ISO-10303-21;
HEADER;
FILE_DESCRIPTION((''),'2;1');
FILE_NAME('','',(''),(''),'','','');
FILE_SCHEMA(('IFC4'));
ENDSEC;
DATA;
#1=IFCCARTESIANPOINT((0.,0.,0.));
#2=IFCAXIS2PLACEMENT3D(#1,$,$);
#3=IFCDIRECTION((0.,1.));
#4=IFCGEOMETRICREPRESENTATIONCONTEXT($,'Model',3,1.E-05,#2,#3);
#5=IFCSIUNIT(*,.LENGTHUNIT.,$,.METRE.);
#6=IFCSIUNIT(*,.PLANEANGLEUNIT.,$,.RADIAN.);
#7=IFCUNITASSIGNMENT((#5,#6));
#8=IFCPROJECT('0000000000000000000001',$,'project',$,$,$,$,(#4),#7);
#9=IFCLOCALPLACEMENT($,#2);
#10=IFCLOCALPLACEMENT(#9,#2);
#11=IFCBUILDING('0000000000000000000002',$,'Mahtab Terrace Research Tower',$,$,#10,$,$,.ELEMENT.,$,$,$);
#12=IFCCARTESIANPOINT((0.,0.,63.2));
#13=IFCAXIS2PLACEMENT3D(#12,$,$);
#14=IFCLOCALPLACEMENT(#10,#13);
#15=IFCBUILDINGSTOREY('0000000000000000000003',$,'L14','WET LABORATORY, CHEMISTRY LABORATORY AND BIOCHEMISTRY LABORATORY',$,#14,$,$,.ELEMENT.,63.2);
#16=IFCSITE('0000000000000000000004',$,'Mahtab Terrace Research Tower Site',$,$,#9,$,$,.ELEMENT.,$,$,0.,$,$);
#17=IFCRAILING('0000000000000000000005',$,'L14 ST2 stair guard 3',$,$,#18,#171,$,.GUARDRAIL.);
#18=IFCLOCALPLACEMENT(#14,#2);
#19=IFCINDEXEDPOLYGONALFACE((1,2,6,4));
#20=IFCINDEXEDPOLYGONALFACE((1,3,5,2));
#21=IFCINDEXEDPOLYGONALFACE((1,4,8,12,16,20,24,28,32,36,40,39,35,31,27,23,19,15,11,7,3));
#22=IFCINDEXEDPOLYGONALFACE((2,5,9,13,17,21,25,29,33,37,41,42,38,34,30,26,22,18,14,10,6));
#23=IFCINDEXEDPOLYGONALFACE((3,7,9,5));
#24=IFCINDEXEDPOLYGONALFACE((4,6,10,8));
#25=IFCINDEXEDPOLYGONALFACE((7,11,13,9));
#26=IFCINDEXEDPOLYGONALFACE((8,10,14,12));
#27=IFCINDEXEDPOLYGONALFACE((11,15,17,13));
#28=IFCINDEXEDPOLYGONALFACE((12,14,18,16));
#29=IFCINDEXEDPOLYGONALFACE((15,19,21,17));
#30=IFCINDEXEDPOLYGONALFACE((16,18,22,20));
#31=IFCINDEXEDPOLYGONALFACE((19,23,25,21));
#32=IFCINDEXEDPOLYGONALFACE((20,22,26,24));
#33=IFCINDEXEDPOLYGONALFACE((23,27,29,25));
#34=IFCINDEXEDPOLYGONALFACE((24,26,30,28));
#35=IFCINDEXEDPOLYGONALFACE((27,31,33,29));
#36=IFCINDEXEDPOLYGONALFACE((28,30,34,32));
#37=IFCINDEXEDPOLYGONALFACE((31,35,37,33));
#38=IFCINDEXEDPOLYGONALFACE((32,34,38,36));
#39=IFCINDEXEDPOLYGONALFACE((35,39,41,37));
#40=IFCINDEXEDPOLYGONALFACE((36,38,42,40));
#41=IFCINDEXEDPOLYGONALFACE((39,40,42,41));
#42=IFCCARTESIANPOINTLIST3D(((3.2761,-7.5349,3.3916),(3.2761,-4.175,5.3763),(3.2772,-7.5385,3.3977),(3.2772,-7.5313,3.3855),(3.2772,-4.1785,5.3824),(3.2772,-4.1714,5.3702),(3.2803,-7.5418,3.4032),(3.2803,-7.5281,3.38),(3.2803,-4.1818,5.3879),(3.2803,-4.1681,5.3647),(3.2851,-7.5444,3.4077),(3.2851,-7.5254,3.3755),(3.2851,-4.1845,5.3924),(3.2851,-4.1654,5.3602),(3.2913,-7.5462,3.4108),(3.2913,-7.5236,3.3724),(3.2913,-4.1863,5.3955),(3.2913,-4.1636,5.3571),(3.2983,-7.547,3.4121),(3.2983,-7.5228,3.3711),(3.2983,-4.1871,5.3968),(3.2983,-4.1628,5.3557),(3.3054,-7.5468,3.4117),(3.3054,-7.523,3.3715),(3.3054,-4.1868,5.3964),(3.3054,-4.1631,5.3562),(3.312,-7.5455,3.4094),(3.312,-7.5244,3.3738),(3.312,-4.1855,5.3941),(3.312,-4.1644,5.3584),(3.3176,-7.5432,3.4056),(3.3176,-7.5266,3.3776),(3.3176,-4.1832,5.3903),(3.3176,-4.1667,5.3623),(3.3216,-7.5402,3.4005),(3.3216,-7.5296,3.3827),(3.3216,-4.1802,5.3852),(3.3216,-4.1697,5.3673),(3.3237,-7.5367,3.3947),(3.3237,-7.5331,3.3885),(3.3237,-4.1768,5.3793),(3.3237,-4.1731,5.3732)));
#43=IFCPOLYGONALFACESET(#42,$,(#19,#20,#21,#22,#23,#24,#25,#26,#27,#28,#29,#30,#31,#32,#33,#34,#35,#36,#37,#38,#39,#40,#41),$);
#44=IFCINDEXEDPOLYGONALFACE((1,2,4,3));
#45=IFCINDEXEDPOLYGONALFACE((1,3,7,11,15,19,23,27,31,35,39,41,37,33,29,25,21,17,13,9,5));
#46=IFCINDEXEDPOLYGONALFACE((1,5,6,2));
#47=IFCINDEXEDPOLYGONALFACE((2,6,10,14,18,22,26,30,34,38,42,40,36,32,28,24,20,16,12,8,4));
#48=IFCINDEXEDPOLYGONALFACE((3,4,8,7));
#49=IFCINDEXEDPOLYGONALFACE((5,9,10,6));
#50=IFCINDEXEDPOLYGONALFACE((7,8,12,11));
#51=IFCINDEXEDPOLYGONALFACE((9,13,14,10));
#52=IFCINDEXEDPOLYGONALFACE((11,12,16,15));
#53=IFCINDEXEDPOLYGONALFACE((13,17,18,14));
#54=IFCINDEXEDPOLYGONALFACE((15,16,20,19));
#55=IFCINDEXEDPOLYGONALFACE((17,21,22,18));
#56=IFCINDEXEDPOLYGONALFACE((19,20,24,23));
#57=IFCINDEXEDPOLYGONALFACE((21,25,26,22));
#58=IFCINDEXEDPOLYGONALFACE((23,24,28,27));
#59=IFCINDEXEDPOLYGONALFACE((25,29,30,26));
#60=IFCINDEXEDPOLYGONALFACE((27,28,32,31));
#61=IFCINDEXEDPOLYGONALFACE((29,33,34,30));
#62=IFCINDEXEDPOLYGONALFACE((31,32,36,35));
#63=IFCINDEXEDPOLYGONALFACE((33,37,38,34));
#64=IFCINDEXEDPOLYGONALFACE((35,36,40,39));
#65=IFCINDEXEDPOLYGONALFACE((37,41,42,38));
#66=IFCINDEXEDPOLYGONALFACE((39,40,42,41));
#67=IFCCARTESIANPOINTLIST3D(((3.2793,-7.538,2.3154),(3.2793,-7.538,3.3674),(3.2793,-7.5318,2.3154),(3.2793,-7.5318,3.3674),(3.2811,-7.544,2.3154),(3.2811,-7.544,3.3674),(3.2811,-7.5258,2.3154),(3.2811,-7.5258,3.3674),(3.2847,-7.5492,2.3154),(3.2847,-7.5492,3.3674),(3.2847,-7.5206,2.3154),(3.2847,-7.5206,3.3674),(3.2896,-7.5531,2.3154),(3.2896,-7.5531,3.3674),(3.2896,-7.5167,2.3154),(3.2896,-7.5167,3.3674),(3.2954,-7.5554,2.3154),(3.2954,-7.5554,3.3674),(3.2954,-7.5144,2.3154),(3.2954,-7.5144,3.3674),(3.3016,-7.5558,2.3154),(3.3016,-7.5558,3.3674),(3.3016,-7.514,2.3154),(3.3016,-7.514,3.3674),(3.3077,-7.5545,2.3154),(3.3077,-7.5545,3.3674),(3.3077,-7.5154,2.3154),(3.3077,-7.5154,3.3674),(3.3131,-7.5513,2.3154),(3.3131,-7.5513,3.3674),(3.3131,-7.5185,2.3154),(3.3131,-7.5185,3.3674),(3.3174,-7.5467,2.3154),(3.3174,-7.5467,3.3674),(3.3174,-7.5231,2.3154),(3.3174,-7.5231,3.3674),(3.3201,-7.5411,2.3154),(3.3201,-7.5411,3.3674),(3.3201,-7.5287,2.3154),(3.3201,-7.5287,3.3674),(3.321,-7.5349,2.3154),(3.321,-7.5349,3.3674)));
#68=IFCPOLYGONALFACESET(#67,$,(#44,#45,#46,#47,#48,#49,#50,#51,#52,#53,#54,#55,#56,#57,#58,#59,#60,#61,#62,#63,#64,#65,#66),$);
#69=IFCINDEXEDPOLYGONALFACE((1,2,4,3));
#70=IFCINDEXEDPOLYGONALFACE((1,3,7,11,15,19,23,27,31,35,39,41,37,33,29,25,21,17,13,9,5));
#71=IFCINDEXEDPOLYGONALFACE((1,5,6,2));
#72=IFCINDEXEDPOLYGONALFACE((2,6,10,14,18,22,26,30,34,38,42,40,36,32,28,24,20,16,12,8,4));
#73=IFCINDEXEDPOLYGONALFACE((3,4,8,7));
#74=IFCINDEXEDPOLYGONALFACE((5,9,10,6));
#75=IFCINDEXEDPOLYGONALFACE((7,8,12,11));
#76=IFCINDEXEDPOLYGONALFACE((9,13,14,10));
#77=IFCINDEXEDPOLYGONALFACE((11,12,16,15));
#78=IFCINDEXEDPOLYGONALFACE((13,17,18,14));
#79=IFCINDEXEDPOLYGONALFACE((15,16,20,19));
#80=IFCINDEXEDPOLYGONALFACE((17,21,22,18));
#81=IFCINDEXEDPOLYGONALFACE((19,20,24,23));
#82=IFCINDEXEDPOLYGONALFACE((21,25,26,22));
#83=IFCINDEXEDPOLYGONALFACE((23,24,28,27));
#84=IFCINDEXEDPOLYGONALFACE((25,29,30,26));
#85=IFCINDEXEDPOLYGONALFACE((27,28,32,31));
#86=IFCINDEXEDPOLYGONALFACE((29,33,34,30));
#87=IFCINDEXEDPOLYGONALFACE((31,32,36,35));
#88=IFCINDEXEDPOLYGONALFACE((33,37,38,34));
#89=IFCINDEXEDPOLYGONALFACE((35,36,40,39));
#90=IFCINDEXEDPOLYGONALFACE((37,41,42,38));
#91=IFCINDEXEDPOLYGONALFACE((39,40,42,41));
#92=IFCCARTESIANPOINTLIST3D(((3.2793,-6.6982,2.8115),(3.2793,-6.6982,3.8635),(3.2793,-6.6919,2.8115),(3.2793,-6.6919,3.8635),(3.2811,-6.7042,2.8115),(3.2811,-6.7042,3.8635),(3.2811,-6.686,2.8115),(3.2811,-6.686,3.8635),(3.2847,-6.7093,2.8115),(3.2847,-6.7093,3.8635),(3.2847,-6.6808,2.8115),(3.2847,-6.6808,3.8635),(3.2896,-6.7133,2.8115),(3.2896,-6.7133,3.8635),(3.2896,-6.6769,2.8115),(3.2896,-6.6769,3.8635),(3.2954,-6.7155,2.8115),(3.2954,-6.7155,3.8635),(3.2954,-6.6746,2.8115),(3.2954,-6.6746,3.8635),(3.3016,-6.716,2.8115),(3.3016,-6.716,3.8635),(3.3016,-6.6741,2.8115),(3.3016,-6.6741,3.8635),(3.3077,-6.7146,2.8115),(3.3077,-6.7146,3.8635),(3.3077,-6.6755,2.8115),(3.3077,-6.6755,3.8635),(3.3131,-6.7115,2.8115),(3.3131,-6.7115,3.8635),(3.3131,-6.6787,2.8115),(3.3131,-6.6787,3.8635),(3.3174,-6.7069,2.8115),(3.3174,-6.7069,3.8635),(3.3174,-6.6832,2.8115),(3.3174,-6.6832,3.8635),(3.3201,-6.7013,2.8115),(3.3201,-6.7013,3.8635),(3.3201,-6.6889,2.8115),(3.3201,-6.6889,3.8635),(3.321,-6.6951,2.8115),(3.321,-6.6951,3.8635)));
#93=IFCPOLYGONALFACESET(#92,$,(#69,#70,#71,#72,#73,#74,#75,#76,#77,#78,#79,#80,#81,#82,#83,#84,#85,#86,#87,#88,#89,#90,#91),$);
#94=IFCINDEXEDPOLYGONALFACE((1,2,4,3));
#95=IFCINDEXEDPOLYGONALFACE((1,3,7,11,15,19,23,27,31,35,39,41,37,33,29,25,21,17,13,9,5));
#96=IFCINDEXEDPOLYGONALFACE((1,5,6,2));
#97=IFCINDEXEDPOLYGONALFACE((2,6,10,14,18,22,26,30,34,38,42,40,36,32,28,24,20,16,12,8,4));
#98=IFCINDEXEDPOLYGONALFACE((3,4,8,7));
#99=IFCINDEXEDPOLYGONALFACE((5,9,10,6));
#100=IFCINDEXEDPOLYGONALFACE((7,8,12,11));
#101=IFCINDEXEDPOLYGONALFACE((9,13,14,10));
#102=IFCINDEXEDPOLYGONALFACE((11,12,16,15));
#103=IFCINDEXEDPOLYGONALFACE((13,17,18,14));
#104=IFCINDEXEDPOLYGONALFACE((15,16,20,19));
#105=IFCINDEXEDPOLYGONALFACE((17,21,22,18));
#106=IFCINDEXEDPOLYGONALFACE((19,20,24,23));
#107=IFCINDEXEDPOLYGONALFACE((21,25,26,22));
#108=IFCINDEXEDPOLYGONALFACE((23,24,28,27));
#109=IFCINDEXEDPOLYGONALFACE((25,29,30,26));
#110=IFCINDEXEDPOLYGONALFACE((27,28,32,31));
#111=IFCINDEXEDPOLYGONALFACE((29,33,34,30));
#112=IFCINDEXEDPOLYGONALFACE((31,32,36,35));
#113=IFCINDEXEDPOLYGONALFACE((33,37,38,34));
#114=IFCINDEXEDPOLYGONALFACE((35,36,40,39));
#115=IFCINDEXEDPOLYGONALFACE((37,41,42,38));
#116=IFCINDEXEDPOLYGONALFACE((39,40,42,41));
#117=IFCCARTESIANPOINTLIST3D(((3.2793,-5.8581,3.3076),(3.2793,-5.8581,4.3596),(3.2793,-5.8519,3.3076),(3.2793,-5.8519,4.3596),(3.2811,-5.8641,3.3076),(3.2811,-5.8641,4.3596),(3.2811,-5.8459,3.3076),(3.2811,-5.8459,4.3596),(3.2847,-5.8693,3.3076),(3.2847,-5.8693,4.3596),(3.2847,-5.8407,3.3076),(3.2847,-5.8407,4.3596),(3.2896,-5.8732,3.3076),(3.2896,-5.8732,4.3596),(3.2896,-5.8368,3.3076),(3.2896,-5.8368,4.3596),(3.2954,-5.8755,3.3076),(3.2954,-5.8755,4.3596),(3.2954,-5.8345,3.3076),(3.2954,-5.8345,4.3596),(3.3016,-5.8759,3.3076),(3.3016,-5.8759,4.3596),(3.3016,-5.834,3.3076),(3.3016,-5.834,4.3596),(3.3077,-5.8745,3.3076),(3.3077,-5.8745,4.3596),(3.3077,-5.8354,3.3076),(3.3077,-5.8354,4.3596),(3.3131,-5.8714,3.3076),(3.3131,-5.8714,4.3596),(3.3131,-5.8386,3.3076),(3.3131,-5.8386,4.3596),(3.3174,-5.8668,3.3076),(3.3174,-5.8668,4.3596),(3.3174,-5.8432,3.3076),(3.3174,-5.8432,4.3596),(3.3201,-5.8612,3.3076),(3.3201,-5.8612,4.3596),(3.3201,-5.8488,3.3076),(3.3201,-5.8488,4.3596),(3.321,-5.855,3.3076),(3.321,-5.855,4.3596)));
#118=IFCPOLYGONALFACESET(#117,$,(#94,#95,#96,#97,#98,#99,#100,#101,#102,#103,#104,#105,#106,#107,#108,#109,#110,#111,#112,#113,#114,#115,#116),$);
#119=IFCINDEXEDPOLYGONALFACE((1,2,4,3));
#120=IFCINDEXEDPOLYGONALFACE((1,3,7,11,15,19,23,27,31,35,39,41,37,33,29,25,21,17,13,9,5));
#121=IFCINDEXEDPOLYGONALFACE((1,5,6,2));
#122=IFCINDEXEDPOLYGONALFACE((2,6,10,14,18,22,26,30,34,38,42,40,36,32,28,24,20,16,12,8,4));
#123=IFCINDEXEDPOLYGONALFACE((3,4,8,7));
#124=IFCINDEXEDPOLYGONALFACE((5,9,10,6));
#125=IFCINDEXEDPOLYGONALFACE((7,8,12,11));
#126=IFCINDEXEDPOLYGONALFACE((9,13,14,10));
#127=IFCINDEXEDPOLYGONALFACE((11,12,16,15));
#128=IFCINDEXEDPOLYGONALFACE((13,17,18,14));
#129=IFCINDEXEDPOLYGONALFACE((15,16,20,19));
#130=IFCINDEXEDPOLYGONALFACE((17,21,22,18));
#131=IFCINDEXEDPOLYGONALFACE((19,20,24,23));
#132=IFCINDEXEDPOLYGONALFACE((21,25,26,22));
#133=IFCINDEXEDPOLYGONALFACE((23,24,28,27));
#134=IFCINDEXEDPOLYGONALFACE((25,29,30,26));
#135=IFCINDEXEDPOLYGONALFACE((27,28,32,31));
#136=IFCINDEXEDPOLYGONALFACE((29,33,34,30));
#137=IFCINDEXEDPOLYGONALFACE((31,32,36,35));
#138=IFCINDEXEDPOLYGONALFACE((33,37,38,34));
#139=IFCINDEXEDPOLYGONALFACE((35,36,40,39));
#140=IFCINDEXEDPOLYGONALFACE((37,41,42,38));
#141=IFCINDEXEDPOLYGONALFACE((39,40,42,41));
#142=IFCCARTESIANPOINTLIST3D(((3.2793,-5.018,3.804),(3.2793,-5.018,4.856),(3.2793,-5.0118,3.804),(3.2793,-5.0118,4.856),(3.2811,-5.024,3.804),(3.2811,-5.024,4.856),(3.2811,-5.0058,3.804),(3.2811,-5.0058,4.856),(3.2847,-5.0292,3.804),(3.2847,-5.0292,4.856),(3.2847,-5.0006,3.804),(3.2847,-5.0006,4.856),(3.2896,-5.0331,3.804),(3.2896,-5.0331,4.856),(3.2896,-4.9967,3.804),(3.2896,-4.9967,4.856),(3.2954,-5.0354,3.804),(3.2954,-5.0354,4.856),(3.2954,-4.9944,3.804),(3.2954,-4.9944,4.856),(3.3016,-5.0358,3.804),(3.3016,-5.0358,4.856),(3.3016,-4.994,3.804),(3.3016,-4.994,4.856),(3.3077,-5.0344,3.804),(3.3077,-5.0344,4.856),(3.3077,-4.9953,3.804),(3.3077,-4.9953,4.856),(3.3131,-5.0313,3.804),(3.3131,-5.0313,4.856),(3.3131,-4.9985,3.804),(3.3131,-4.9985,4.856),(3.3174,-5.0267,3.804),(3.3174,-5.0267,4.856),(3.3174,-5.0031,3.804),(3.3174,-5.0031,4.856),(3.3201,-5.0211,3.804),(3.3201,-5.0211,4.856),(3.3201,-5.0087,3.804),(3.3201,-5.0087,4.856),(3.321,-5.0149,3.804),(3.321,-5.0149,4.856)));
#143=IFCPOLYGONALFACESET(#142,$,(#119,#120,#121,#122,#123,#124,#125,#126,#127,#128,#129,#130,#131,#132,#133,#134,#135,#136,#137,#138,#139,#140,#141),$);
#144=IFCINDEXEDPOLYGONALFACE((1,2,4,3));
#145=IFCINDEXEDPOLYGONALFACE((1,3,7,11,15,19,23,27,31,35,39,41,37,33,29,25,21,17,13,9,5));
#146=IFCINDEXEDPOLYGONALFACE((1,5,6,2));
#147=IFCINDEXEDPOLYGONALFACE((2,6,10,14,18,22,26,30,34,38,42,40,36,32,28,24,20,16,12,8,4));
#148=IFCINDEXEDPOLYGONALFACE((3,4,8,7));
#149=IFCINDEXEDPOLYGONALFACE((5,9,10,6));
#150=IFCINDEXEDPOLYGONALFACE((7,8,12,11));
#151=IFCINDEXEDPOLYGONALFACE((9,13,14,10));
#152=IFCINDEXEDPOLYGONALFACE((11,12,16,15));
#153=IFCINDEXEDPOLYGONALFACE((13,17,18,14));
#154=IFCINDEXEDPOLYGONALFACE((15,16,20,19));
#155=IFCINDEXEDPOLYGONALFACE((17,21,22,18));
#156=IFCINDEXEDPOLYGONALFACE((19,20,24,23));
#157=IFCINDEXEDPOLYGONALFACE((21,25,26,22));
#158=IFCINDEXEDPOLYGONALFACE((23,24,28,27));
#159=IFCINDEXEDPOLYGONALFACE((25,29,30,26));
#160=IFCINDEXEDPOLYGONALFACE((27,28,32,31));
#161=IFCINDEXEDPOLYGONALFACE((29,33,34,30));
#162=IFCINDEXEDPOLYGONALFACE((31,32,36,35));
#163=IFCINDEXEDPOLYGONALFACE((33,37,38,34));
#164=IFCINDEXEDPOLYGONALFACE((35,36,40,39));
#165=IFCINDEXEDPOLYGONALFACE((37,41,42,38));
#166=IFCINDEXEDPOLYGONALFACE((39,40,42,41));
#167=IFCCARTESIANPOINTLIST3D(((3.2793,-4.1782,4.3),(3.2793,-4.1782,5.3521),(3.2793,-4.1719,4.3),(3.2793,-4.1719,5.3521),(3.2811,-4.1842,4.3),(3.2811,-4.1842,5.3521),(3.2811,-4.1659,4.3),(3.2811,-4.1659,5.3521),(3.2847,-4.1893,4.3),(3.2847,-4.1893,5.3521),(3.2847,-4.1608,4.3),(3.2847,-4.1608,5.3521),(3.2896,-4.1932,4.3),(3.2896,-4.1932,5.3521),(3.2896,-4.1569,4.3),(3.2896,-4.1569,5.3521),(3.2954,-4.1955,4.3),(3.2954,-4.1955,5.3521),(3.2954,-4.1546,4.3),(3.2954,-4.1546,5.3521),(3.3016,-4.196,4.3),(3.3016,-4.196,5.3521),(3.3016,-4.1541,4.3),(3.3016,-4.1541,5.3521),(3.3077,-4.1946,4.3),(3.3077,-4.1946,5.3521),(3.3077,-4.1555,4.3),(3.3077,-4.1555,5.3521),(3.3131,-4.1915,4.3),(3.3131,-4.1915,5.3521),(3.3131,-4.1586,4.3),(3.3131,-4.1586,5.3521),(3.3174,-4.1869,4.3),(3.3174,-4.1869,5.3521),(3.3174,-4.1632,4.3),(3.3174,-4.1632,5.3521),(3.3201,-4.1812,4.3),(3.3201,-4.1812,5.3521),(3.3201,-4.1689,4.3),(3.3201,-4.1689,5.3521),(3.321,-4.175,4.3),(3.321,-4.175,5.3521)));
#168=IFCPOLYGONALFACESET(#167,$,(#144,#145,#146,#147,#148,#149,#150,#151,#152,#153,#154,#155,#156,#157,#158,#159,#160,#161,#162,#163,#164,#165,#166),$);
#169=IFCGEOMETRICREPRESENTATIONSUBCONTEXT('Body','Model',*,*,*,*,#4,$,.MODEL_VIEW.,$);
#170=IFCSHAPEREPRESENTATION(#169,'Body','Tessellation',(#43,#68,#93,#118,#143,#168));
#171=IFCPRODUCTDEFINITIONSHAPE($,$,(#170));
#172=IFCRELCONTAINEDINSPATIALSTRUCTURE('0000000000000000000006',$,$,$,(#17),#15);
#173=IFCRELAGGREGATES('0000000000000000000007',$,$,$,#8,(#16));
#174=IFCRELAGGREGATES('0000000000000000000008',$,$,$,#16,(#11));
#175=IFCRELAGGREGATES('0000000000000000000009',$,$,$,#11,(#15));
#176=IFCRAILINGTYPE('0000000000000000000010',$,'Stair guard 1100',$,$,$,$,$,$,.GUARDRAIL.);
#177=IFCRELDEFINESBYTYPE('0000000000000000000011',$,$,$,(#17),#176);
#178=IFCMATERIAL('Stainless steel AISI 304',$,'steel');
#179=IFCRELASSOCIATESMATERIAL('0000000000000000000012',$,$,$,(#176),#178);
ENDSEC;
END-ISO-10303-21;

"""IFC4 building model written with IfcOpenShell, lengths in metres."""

from ifc_helpers import new_model, si_unit, direction, frame, origin, origin_2d, place, context, subcontext, project, spatial, circle, extrude, material, type_object, element, save


model = new_model("IFC4")

# Units and contexts
model_context = context("Model", 3, precision=1e-05, world=origin(), true_north=direction((0.0, 1.0)))
body_context = subcontext(model_context, "Body", "Model", "MODEL_VIEW")
ifc_project = project(units=[si_unit("LENGTHUNIT", "METRE"), si_unit("PLANEANGLEUNIT", "RADIAN")], contexts=[model_context])

# Site, building, storey
site_placement = place(None, origin())
site = spatial("IfcSite", under=ifc_project, at=site_placement, Name="Mahtab Terrace Research Tower Site", CompositionType="ELEMENT", RefElevation=0.0)
building_placement = place(site_placement, origin())
building = spatial("IfcBuilding", under=site, at=building_placement, Name="Mahtab Terrace Research Tower", CompositionType="ELEMENT")
storey_placement = place(building_placement, frame((0.0, 0.0, 63.2)))
storey = spatial("IfcBuildingStorey", under=building, at=storey_placement, Name="L14", Description="WET LABORATORY, CHEMISTRY LABORATORY AND BIOCHEMISTRY LABORATORY", CompositionType="ELEMENT", Elevation=63.2)

# Railing
ifc_material_1 = material(Name="Stainless steel AISI 304", Category="steel")
railing_type_1 = type_object("IfcRailingType", Name="Stair guard 1100", PredefinedType="GUARDRAIL", material=ifc_material_1)
railing_1_placement = place(storey_placement, frame((3.3, -7.5349, 2.3154)))
element("IfcRailing", 1, at=railing_1_placement, inside=storey, type_object=railing_type_1, Name="L14 ST2 stair guard 3", PredefinedType="GUARDRAIL", context=body_context, shape_type="SweptSolid", body=[
    extrude(circle(Radius=0.0239, at=origin_2d()), frame((0.0, 0.0, 1.0762), z_axis=(0.0, 0.861011, 0.508586), x_axis=(-1.0, 0.0, 0.0)), (0.0, 0.0, 1.0), 3.9023),
    extrude(circle(Radius=0.021, at=origin_2d()), origin(), (0.0, 0.0, 1.0), 1.052),
    extrude(circle(Radius=0.021, at=origin_2d()), frame((0.0, 0.8398, 0.4961)), (0.0, 0.0, 1.0), 1.052),
    extrude(circle(Radius=0.021, at=origin_2d()), frame((0.0, 1.6799, 0.9922)), (0.0, 0.0, 1.0), 1.052),
    extrude(circle(Radius=0.021, at=origin_2d()), frame((0.0, 2.52, 1.4885)), (0.0, 0.0, 1.0), 1.052),
    extrude(circle(Radius=0.021, at=origin_2d()), frame((0.0, 3.3599, 1.9846)), (0.0, 0.0, 1.0), 1.052),
])

save(model, "model.ifc")
